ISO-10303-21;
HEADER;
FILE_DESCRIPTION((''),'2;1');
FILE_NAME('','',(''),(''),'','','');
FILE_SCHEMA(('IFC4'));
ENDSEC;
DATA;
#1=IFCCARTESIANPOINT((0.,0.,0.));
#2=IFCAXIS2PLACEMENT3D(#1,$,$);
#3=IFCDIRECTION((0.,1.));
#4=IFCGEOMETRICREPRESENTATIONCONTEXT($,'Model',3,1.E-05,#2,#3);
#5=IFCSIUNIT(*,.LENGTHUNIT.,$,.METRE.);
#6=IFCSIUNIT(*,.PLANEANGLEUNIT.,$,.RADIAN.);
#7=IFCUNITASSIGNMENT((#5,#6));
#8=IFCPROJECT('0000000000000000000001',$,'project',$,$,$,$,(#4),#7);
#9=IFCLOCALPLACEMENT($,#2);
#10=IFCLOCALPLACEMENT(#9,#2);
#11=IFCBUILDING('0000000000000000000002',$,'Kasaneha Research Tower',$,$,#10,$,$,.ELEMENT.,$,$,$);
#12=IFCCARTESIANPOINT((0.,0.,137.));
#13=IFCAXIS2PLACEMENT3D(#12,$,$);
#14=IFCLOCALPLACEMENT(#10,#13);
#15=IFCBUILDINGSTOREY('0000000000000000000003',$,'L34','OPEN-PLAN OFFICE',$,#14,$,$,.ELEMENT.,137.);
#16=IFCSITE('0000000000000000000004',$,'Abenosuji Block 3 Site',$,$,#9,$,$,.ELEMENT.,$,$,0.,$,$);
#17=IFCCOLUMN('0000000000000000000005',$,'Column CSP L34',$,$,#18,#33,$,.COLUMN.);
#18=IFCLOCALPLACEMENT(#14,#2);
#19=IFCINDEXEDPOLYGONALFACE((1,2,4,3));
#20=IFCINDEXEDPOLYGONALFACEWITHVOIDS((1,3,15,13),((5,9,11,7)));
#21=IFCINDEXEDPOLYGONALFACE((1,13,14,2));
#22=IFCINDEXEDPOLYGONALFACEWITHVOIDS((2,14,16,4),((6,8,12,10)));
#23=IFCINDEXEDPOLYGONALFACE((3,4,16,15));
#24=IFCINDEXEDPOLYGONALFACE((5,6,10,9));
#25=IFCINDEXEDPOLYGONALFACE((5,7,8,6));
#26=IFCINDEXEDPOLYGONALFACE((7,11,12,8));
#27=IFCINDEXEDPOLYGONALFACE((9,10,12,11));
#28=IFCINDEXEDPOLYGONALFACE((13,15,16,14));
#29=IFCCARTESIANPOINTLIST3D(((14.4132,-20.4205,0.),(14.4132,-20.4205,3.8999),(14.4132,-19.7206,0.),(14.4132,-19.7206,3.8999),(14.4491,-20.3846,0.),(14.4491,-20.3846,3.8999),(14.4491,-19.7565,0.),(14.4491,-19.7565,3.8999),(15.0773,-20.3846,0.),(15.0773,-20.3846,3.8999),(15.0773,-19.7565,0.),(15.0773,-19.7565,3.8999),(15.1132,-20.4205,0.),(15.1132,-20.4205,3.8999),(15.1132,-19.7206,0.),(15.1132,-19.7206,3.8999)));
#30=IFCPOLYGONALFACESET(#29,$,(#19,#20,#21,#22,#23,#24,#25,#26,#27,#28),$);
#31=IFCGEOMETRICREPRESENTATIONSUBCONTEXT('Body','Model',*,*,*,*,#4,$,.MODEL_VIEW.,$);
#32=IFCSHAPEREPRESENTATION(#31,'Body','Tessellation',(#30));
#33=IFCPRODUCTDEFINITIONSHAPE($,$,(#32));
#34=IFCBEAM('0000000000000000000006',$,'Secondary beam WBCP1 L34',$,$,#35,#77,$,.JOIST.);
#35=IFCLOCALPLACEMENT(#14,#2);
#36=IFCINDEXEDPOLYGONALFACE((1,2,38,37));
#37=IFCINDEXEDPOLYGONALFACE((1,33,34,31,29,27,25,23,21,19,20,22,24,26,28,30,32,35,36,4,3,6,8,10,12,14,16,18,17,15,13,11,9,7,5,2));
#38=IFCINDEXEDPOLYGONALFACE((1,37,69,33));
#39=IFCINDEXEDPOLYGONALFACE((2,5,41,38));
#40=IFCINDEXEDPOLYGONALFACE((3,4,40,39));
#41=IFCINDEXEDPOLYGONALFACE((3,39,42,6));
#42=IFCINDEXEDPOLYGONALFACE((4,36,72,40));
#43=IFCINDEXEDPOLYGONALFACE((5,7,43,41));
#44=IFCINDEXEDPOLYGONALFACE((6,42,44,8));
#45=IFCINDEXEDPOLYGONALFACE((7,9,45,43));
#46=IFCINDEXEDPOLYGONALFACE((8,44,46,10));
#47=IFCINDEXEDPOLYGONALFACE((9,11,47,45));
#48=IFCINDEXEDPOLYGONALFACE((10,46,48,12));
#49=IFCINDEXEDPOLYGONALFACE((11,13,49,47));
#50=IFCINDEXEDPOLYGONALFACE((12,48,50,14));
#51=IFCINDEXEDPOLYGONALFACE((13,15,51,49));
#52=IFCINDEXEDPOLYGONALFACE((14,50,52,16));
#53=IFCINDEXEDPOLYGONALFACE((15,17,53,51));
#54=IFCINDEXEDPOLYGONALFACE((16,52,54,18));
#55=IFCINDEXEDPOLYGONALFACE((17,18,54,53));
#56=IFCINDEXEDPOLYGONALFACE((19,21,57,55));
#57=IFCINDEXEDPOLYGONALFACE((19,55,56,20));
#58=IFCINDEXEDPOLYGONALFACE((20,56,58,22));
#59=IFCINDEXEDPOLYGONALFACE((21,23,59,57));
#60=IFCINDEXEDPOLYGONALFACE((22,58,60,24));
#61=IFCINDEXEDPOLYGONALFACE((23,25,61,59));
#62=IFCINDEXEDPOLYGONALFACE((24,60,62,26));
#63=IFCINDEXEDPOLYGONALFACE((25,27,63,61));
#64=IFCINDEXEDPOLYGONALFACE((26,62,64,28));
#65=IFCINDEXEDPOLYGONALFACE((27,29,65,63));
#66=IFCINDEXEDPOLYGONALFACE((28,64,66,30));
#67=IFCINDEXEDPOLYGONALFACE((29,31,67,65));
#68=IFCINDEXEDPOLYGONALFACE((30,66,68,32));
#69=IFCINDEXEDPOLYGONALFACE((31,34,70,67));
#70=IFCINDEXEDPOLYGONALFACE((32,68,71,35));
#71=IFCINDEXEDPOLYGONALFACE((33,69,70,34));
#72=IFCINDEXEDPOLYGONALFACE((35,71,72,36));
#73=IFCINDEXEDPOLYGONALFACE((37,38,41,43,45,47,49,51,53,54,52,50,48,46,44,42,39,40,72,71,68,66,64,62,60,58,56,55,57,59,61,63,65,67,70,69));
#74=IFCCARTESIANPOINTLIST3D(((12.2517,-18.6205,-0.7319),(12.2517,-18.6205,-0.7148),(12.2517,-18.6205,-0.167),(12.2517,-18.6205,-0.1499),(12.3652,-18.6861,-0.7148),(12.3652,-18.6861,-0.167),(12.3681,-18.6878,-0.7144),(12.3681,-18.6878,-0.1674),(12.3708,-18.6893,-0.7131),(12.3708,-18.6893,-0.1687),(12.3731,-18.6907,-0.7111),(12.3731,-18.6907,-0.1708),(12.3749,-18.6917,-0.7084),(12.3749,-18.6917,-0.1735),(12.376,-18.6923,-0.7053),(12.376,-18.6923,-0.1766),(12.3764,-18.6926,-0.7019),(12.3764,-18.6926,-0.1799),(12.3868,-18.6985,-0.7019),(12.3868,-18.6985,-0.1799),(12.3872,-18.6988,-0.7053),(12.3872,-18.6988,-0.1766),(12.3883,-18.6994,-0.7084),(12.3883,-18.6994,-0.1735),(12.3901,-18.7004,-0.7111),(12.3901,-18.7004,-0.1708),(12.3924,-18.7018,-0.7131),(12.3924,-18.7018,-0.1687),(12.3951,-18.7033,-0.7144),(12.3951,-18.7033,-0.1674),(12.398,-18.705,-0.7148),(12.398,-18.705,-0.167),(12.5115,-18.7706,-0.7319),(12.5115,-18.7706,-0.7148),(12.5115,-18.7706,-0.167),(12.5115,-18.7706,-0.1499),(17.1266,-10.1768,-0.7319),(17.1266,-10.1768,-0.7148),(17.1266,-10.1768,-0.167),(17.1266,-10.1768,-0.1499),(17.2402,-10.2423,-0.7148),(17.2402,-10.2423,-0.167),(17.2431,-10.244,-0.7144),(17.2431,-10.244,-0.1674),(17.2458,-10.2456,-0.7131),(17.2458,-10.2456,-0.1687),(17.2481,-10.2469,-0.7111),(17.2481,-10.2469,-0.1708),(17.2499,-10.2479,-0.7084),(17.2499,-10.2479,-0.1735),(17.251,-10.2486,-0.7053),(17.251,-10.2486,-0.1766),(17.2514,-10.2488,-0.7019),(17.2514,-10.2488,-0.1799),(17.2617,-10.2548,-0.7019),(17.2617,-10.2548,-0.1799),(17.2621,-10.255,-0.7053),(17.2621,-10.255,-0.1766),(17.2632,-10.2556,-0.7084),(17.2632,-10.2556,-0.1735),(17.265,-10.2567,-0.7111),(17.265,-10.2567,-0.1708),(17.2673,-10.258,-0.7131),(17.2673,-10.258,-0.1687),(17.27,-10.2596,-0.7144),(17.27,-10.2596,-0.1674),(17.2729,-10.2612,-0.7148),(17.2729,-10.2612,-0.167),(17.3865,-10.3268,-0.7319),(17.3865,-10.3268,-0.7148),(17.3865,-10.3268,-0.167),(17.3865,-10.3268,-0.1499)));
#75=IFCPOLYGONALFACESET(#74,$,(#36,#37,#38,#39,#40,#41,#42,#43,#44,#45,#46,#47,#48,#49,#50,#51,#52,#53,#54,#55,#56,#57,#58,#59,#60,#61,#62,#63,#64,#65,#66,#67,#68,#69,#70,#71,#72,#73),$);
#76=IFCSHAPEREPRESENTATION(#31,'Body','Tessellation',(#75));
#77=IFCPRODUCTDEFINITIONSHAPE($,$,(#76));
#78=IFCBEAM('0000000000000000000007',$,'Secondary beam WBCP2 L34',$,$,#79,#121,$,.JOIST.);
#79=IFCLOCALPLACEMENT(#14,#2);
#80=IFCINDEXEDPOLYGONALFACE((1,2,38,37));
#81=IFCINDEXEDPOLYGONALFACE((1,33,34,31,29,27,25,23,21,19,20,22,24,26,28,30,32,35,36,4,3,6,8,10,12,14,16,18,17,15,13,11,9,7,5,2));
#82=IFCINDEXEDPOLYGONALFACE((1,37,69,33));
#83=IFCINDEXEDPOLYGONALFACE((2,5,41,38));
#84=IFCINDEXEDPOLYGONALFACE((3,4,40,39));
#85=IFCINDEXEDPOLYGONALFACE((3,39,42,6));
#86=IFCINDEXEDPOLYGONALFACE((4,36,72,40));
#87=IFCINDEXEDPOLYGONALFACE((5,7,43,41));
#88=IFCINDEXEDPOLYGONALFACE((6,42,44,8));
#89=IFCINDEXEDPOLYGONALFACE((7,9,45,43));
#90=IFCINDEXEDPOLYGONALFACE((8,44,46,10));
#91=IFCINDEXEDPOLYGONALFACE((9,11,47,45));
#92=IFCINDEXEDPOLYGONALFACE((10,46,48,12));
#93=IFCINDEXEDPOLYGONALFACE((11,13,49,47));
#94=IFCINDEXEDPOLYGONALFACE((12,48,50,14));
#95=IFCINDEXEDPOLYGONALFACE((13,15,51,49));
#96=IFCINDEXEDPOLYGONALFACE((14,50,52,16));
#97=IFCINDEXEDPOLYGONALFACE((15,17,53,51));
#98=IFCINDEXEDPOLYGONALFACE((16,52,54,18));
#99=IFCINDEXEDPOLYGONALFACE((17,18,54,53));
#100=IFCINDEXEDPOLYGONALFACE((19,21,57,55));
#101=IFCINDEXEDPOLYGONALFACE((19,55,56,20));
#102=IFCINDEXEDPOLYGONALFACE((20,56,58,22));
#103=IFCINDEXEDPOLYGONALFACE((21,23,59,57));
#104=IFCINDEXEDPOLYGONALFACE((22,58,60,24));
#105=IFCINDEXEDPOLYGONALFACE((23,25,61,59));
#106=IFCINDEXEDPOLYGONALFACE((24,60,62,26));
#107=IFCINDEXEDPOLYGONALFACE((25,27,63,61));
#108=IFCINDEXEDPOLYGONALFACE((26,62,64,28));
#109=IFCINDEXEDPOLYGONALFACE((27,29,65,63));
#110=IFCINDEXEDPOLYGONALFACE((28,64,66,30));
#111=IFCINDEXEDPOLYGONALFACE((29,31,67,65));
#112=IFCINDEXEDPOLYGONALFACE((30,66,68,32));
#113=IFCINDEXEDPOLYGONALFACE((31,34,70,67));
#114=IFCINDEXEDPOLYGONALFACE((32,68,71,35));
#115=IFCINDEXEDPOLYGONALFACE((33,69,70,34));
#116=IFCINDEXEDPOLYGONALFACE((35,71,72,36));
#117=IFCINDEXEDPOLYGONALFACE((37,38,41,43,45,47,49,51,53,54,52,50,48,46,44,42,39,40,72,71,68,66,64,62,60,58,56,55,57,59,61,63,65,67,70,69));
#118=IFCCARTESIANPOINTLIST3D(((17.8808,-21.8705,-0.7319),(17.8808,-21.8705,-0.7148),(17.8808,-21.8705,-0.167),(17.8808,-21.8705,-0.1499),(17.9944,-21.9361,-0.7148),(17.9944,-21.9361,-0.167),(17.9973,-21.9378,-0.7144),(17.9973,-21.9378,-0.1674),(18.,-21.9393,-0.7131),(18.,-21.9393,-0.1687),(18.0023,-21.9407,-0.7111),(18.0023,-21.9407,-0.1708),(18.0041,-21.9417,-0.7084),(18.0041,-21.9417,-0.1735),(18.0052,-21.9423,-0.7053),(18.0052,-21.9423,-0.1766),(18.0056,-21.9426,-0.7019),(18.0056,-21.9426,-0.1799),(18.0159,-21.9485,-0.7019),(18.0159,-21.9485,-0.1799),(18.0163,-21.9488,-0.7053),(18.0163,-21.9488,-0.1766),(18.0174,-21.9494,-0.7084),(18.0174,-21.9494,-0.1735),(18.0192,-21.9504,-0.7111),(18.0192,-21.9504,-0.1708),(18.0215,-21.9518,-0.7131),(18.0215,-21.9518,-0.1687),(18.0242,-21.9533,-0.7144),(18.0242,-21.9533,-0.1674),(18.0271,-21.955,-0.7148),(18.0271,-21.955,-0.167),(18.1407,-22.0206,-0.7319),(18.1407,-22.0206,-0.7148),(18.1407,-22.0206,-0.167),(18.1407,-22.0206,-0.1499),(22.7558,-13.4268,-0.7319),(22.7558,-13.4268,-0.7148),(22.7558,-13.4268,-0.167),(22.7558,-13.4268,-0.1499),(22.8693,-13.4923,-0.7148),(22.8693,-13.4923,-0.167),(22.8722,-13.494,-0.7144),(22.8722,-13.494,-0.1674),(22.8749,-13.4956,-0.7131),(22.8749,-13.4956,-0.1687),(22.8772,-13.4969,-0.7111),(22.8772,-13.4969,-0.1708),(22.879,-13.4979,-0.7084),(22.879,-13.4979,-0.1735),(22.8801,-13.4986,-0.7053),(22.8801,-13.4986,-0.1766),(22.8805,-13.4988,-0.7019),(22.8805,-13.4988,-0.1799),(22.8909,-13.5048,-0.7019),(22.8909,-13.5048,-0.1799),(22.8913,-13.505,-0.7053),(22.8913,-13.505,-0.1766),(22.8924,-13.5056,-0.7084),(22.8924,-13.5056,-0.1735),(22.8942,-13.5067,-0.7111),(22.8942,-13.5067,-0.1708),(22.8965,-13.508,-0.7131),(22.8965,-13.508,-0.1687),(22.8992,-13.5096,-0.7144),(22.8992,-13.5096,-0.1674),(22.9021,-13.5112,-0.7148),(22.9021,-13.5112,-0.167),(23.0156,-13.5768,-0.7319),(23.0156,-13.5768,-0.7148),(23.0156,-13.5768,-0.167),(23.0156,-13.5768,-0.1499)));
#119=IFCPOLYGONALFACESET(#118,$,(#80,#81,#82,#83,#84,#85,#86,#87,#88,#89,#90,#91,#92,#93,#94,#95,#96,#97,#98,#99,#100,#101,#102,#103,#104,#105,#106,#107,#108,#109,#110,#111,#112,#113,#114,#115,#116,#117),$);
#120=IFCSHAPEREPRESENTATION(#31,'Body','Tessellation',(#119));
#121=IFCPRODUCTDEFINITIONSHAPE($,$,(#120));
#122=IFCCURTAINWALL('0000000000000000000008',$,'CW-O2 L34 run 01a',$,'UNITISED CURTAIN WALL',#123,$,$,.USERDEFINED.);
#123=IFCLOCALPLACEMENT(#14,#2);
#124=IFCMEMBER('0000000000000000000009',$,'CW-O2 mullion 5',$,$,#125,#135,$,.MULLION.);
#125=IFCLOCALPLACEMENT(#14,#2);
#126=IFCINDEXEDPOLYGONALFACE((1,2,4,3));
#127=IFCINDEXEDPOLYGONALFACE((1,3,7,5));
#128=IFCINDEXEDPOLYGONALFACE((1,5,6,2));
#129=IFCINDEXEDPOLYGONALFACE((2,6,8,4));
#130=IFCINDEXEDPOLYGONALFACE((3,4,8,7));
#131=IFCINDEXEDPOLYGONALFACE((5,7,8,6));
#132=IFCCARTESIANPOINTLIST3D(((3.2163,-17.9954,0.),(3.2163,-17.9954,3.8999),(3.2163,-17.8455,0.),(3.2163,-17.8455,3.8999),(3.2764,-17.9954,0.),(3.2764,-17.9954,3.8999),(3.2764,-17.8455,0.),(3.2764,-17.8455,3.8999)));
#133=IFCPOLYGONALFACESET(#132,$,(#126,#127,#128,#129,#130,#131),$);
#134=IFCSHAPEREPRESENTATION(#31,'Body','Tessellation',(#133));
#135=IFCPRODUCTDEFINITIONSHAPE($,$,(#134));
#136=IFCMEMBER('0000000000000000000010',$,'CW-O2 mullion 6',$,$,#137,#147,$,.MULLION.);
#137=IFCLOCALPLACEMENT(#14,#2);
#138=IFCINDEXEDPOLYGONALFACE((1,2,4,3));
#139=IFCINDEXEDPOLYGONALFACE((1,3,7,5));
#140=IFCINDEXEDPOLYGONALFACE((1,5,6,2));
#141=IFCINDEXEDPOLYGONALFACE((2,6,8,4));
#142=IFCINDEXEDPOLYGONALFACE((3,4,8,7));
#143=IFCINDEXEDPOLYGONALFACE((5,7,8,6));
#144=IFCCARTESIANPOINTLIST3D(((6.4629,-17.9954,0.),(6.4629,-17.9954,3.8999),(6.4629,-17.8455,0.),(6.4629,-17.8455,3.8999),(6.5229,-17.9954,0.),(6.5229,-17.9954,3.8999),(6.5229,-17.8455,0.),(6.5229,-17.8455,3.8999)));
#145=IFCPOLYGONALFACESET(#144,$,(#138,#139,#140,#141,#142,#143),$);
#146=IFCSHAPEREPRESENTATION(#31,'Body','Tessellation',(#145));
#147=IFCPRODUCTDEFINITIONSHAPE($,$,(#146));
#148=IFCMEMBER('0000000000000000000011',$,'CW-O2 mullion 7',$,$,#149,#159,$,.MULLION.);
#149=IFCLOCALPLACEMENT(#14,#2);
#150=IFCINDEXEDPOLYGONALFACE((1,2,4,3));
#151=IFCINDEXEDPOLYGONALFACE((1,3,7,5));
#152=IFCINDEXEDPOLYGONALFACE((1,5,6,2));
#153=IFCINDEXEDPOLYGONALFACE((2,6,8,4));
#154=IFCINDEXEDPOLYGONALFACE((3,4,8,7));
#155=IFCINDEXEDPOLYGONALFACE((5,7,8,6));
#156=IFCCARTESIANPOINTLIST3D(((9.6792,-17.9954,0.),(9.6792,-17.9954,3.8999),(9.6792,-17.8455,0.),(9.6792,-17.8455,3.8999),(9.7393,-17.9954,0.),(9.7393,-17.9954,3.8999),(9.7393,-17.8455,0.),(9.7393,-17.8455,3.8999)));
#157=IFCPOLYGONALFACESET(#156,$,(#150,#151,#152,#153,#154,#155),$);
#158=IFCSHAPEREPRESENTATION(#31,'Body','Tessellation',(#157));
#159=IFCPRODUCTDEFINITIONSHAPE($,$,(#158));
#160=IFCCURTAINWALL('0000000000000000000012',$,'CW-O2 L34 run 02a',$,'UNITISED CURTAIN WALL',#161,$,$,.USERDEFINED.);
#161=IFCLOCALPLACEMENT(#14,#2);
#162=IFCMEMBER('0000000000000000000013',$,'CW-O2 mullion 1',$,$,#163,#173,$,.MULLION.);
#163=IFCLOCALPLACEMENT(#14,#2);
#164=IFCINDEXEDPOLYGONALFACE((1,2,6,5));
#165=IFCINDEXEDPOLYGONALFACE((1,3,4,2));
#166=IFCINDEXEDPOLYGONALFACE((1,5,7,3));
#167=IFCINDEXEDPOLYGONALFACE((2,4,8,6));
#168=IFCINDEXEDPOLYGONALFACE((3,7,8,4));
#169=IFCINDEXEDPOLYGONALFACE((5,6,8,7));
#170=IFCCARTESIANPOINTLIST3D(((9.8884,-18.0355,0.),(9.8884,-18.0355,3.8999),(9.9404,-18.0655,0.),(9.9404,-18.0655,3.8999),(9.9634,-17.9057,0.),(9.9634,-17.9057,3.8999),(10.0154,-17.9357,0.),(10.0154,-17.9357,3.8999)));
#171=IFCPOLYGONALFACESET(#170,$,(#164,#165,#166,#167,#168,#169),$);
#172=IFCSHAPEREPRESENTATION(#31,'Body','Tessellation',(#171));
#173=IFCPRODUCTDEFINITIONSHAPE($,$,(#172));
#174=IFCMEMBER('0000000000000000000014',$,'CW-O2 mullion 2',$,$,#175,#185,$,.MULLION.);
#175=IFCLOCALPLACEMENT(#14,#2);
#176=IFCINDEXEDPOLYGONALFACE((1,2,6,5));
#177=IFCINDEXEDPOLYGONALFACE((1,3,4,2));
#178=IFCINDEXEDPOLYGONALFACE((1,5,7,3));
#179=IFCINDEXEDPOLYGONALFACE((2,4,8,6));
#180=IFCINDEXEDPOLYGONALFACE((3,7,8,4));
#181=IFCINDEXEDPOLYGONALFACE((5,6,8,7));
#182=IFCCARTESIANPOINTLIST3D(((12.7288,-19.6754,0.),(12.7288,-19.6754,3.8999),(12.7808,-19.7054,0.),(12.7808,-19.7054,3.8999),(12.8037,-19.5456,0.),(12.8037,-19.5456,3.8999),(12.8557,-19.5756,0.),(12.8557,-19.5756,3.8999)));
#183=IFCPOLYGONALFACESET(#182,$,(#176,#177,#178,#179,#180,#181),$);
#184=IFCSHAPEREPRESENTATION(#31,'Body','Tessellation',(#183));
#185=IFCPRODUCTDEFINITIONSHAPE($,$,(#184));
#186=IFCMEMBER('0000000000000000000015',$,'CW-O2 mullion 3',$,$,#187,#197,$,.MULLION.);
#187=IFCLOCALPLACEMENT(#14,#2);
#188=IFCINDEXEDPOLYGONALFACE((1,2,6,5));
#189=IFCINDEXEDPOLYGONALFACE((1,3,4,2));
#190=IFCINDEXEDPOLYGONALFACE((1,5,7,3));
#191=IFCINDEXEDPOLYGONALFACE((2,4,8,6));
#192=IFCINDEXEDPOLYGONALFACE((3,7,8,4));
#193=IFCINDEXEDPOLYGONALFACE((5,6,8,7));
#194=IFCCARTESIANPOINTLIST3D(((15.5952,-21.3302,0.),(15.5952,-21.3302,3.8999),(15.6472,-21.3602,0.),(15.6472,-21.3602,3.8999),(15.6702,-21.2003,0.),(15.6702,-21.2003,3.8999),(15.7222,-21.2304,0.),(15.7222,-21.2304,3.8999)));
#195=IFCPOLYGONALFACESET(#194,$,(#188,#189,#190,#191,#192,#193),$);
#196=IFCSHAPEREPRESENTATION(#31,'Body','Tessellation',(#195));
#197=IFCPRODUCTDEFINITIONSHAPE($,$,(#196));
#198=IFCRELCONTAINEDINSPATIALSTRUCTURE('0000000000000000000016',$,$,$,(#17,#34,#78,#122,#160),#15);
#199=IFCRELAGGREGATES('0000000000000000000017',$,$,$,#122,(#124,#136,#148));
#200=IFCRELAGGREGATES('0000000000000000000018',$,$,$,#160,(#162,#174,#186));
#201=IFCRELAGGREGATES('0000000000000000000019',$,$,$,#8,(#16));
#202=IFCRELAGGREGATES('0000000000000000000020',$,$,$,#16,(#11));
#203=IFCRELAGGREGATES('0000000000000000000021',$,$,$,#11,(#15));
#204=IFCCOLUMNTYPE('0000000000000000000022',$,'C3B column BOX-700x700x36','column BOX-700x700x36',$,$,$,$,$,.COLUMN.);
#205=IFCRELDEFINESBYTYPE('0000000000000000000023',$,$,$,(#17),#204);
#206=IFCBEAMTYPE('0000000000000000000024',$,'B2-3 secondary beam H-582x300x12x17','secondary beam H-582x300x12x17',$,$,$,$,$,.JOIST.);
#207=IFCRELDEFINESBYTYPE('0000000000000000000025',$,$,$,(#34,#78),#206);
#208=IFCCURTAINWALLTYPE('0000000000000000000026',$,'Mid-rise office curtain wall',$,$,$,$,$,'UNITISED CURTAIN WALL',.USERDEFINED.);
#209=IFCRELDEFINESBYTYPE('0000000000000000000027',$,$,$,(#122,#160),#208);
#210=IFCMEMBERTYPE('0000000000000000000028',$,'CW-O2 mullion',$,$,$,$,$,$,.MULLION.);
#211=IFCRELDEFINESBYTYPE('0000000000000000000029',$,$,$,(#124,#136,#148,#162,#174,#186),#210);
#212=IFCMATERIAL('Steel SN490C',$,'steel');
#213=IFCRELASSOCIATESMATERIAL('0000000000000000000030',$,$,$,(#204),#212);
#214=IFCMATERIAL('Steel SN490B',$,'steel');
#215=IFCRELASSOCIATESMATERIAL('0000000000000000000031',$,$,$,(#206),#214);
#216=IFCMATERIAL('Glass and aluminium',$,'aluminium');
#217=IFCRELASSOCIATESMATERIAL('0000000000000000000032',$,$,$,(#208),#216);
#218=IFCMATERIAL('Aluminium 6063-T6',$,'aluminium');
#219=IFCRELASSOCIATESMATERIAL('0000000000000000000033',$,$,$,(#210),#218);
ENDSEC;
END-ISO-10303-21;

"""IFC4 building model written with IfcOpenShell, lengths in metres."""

from ifc_helpers import new_model, si_unit, direction, frame, origin, origin_2d, place, context, subcontext, project, spatial, rectangle, hollow_rectangle, i_section, extrude, material, material_profile, profile_set, type_object, element, aggregate, save


model = new_model("IFC4")

# Units and contexts
model_context = context("Model", 3, precision=1e-05, world=origin(), true_north=direction((0.0, 1.0)))
body_context = subcontext(model_context, "Body", "Model", "MODEL_VIEW")
ifc_project = project(units=[si_unit("LENGTHUNIT", "METRE"), si_unit("PLANEANGLEUNIT", "RADIAN")], contexts=[model_context])

# Site, building, storey
site_placement = place(None, origin())
site = spatial("IfcSite", under=ifc_project, at=site_placement, Name="Abenosuji Block 3 Site", CompositionType="ELEMENT", RefElevation=0.0)
building_placement = place(site_placement, origin())
building = spatial("IfcBuilding", under=site, at=building_placement, Name="Kasaneha Research Tower", CompositionType="ELEMENT")
storey_placement = place(building_placement, frame((0.0, 0.0, 137.0)))
storey = spatial("IfcBuildingStorey", under=building, at=storey_placement, Name="L34", Description="OPEN-PLAN OFFICE", CompositionType="ELEMENT", Elevation=137.0)

# Column
ifc_material_1 = material(Name="Steel SN490C", Category="steel")
ifc_material_profile_1 = material_profile(ifc_material_1, hollow_rectangle(XDim=0.7, YDim=0.7, WallThickness=0.0359, at=origin_2d()), Name="BOX-700x700x36")
ifc_profile_set_1 = profile_set([ifc_material_profile_1], Name="Steel SN490C")
column_type = type_object("IfcColumnType", Name="C3B column BOX-700x700x36", Description="column BOX-700x700x36", PredefinedType="COLUMN", material=ifc_profile_set_1)
column_placement = place(storey_placement, frame((14.7632, -20.0706, 0.0), z_axis=(0.0, 0.0, 1.0), x_axis=(1.0, 0.0, 0.0)))
element("IfcColumn", 1, at=column_placement, inside=storey, type_object=column_type, Name="Column CSP L34", PredefinedType="COLUMN", context=body_context, shape_type="SweptSolid", body=[
    extrude(hollow_rectangle(XDim=0.7, YDim=0.7, WallThickness=0.0359, at=origin_2d()), origin(), (0.0, 0.0, 1.0), 3.8999),
])

# Beams
ifc_material_2 = material(Name="Steel SN490B", Category="steel")
ifc_material_profile_2 = material_profile(ifc_material_2, i_section(OverallWidth=0.3, OverallDepth=0.582, WebThickness=0.012, FlangeThickness=0.0171, FilletRadius=0.0129, at=origin_2d()), Name="H-582x300x12x17")
ifc_profile_set_2 = profile_set([ifc_material_profile_2], Name="Steel SN490B")
beam_type_1 = type_object("IfcBeamType", Name="B2-3 secondary beam H-582x300x12x17", Description="secondary beam H-582x300x12x17", PredefinedType="JOIST", material=ifc_profile_set_2)
for number, where, z_axis, x_axis, name in (
    (2, (12.3816, -18.6956, -0.4409), (0.499996, 0.866028, 0.0), (-0.866028, 0.499996, 0.0), "Secondary beam WBCP1 L34"),
    (3, (18.0107, -21.9456, -0.4409), (0.499996, 0.866028, 0.0), (-0.866028, 0.499996, 0.0), "Secondary beam WBCP2 L34"),
):
    element("IfcBeam", number, at=place(storey_placement, frame(where, z_axis=z_axis, x_axis=x_axis)), inside=storey, type_object=beam_type_1, Name=name, PredefinedType="JOIST", context=body_context, shape_type="SweptSolid", body=[
        extrude(i_section(OverallWidth=0.3, OverallDepth=0.582, WebThickness=0.012, FlangeThickness=0.0171, FilletRadius=0.0129, at=origin_2d()), origin(), (0.0, 0.0, 1.0), 9.75),
    ])

# Curtain walls, members
ifc_material_3 = material(Name="Glass and aluminium", Category="aluminium")
curtain_wall_type = type_object("IfcCurtainWallType", Name="Mid-rise office curtain wall", ElementType="UNITISED CURTAIN WALL", PredefinedType="USERDEFINED", material=ifc_material_3)
curtain_wall_1_placement = place(storey_placement, origin())
curtain_wall_1 = element("IfcCurtainWall", 4, at=curtain_wall_1_placement, inside=storey, type_object=curtain_wall_type, Name="CW-O2 L34 run 01a", ObjectType="UNITISED CURTAIN WALL", PredefinedType="USERDEFINED")
ifc_material_4 = material(Name="Aluminium 6063-T6", Category="aluminium")
ifc_material_profile_3 = material_profile(ifc_material_4, rectangle(XDim=0.0601, YDim=0.1499, at=origin_2d()), Name="CW-O2 mullion 60x150")
ifc_profile_set_3 = profile_set([ifc_material_profile_3], Name="Aluminium 6063-T6")
member_type_1 = type_object("IfcMemberType", Name="CW-O2 mullion", PredefinedType="MULLION", material=ifc_profile_set_3)
member_1_placement = place(storey_placement, frame((3.2463, -17.9204, 0.0), z_axis=(0.0, 0.0, 1.0), x_axis=(1.0, 0.0, 0.0)))
member_1 = element("IfcMember", 5, at=member_1_placement, type_object=member_type_1, Name="CW-O2 mullion 5", PredefinedType="MULLION", context=body_context, shape_type="SweptSolid", body=[
    extrude(rectangle(XDim=0.0601, YDim=0.1499, at=origin_2d()), origin(), (0.0, 0.0, 1.0), 3.8999),
])
member_2_placement = place(storey_placement, frame((6.4929, -17.9204, 0.0), z_axis=(0.0, 0.0, 1.0), x_axis=(1.0, 0.0, 0.0)))
member_2 = element("IfcMember", 6, at=member_2_placement, type_object=member_type_1, Name="CW-O2 mullion 6", PredefinedType="MULLION", context=body_context, shape_type="SweptSolid", body=[
    extrude(rectangle(XDim=0.0601, YDim=0.1499, at=origin_2d()), origin(), (0.0, 0.0, 1.0), 3.8999),
])
member_3_placement = place(storey_placement, frame((9.7092, -17.9204, 0.0), z_axis=(0.0, 0.0, 1.0), x_axis=(1.0, 0.0, 0.0)))
member_3 = element("IfcMember", 7, at=member_3_placement, type_object=member_type_1, Name="CW-O2 mullion 7", PredefinedType="MULLION", context=body_context, shape_type="SweptSolid", body=[
    extrude(rectangle(XDim=0.0601, YDim=0.1499, at=origin_2d()), origin(), (0.0, 0.0, 1.0), 3.8999),
])
curtain_wall_2_placement = place(storey_placement, origin())
curtain_wall_2 = element("IfcCurtainWall", 8, at=curtain_wall_2_placement, inside=storey, type_object=curtain_wall_type, Name="CW-O2 L34 run 02a", ObjectType="UNITISED CURTAIN WALL", PredefinedType="USERDEFINED")
member_4_placement = place(storey_placement, frame((9.9519, -17.9856, 0.0), z_axis=(0.0, 0.0, 1.0), x_axis=(0.866025, -0.5, 0.0)))
member_4 = element("IfcMember", 9, at=member_4_placement, type_object=member_type_1, Name="CW-O2 mullion 1", PredefinedType="MULLION", context=body_context, shape_type="SweptSolid", body=[
    extrude(rectangle(XDim=0.0601, YDim=0.1499, at=origin_2d()), origin(), (0.0, 0.0, 1.0), 3.8999),
])
member_5_placement = place(storey_placement, frame((12.7922, -19.6255, 0.0), z_axis=(0.0, 0.0, 1.0), x_axis=(0.866025, -0.5, 0.0)))
member_5 = element("IfcMember", 10, at=member_5_placement, type_object=member_type_1, Name="CW-O2 mullion 2", PredefinedType="MULLION", context=body_context, shape_type="SweptSolid", body=[
    extrude(rectangle(XDim=0.0601, YDim=0.1499, at=origin_2d()), origin(), (0.0, 0.0, 1.0), 3.8999),
])
member_6_placement = place(storey_placement, frame((15.6587, -21.2803, 0.0), z_axis=(0.0, 0.0, 1.0), x_axis=(0.866025, -0.5, 0.0)))
member_6 = element("IfcMember", 11, at=member_6_placement, type_object=member_type_1, Name="CW-O2 mullion 3", PredefinedType="MULLION", context=body_context, shape_type="SweptSolid", body=[
    extrude(rectangle(XDim=0.0601, YDim=0.1499, at=origin_2d()), origin(), (0.0, 0.0, 1.0), 3.8999),
])

aggregate(curtain_wall_1, [member_1, member_2, member_3])
aggregate(curtain_wall_2, [member_4, member_5, member_6])

save(model, "model.ifc")
